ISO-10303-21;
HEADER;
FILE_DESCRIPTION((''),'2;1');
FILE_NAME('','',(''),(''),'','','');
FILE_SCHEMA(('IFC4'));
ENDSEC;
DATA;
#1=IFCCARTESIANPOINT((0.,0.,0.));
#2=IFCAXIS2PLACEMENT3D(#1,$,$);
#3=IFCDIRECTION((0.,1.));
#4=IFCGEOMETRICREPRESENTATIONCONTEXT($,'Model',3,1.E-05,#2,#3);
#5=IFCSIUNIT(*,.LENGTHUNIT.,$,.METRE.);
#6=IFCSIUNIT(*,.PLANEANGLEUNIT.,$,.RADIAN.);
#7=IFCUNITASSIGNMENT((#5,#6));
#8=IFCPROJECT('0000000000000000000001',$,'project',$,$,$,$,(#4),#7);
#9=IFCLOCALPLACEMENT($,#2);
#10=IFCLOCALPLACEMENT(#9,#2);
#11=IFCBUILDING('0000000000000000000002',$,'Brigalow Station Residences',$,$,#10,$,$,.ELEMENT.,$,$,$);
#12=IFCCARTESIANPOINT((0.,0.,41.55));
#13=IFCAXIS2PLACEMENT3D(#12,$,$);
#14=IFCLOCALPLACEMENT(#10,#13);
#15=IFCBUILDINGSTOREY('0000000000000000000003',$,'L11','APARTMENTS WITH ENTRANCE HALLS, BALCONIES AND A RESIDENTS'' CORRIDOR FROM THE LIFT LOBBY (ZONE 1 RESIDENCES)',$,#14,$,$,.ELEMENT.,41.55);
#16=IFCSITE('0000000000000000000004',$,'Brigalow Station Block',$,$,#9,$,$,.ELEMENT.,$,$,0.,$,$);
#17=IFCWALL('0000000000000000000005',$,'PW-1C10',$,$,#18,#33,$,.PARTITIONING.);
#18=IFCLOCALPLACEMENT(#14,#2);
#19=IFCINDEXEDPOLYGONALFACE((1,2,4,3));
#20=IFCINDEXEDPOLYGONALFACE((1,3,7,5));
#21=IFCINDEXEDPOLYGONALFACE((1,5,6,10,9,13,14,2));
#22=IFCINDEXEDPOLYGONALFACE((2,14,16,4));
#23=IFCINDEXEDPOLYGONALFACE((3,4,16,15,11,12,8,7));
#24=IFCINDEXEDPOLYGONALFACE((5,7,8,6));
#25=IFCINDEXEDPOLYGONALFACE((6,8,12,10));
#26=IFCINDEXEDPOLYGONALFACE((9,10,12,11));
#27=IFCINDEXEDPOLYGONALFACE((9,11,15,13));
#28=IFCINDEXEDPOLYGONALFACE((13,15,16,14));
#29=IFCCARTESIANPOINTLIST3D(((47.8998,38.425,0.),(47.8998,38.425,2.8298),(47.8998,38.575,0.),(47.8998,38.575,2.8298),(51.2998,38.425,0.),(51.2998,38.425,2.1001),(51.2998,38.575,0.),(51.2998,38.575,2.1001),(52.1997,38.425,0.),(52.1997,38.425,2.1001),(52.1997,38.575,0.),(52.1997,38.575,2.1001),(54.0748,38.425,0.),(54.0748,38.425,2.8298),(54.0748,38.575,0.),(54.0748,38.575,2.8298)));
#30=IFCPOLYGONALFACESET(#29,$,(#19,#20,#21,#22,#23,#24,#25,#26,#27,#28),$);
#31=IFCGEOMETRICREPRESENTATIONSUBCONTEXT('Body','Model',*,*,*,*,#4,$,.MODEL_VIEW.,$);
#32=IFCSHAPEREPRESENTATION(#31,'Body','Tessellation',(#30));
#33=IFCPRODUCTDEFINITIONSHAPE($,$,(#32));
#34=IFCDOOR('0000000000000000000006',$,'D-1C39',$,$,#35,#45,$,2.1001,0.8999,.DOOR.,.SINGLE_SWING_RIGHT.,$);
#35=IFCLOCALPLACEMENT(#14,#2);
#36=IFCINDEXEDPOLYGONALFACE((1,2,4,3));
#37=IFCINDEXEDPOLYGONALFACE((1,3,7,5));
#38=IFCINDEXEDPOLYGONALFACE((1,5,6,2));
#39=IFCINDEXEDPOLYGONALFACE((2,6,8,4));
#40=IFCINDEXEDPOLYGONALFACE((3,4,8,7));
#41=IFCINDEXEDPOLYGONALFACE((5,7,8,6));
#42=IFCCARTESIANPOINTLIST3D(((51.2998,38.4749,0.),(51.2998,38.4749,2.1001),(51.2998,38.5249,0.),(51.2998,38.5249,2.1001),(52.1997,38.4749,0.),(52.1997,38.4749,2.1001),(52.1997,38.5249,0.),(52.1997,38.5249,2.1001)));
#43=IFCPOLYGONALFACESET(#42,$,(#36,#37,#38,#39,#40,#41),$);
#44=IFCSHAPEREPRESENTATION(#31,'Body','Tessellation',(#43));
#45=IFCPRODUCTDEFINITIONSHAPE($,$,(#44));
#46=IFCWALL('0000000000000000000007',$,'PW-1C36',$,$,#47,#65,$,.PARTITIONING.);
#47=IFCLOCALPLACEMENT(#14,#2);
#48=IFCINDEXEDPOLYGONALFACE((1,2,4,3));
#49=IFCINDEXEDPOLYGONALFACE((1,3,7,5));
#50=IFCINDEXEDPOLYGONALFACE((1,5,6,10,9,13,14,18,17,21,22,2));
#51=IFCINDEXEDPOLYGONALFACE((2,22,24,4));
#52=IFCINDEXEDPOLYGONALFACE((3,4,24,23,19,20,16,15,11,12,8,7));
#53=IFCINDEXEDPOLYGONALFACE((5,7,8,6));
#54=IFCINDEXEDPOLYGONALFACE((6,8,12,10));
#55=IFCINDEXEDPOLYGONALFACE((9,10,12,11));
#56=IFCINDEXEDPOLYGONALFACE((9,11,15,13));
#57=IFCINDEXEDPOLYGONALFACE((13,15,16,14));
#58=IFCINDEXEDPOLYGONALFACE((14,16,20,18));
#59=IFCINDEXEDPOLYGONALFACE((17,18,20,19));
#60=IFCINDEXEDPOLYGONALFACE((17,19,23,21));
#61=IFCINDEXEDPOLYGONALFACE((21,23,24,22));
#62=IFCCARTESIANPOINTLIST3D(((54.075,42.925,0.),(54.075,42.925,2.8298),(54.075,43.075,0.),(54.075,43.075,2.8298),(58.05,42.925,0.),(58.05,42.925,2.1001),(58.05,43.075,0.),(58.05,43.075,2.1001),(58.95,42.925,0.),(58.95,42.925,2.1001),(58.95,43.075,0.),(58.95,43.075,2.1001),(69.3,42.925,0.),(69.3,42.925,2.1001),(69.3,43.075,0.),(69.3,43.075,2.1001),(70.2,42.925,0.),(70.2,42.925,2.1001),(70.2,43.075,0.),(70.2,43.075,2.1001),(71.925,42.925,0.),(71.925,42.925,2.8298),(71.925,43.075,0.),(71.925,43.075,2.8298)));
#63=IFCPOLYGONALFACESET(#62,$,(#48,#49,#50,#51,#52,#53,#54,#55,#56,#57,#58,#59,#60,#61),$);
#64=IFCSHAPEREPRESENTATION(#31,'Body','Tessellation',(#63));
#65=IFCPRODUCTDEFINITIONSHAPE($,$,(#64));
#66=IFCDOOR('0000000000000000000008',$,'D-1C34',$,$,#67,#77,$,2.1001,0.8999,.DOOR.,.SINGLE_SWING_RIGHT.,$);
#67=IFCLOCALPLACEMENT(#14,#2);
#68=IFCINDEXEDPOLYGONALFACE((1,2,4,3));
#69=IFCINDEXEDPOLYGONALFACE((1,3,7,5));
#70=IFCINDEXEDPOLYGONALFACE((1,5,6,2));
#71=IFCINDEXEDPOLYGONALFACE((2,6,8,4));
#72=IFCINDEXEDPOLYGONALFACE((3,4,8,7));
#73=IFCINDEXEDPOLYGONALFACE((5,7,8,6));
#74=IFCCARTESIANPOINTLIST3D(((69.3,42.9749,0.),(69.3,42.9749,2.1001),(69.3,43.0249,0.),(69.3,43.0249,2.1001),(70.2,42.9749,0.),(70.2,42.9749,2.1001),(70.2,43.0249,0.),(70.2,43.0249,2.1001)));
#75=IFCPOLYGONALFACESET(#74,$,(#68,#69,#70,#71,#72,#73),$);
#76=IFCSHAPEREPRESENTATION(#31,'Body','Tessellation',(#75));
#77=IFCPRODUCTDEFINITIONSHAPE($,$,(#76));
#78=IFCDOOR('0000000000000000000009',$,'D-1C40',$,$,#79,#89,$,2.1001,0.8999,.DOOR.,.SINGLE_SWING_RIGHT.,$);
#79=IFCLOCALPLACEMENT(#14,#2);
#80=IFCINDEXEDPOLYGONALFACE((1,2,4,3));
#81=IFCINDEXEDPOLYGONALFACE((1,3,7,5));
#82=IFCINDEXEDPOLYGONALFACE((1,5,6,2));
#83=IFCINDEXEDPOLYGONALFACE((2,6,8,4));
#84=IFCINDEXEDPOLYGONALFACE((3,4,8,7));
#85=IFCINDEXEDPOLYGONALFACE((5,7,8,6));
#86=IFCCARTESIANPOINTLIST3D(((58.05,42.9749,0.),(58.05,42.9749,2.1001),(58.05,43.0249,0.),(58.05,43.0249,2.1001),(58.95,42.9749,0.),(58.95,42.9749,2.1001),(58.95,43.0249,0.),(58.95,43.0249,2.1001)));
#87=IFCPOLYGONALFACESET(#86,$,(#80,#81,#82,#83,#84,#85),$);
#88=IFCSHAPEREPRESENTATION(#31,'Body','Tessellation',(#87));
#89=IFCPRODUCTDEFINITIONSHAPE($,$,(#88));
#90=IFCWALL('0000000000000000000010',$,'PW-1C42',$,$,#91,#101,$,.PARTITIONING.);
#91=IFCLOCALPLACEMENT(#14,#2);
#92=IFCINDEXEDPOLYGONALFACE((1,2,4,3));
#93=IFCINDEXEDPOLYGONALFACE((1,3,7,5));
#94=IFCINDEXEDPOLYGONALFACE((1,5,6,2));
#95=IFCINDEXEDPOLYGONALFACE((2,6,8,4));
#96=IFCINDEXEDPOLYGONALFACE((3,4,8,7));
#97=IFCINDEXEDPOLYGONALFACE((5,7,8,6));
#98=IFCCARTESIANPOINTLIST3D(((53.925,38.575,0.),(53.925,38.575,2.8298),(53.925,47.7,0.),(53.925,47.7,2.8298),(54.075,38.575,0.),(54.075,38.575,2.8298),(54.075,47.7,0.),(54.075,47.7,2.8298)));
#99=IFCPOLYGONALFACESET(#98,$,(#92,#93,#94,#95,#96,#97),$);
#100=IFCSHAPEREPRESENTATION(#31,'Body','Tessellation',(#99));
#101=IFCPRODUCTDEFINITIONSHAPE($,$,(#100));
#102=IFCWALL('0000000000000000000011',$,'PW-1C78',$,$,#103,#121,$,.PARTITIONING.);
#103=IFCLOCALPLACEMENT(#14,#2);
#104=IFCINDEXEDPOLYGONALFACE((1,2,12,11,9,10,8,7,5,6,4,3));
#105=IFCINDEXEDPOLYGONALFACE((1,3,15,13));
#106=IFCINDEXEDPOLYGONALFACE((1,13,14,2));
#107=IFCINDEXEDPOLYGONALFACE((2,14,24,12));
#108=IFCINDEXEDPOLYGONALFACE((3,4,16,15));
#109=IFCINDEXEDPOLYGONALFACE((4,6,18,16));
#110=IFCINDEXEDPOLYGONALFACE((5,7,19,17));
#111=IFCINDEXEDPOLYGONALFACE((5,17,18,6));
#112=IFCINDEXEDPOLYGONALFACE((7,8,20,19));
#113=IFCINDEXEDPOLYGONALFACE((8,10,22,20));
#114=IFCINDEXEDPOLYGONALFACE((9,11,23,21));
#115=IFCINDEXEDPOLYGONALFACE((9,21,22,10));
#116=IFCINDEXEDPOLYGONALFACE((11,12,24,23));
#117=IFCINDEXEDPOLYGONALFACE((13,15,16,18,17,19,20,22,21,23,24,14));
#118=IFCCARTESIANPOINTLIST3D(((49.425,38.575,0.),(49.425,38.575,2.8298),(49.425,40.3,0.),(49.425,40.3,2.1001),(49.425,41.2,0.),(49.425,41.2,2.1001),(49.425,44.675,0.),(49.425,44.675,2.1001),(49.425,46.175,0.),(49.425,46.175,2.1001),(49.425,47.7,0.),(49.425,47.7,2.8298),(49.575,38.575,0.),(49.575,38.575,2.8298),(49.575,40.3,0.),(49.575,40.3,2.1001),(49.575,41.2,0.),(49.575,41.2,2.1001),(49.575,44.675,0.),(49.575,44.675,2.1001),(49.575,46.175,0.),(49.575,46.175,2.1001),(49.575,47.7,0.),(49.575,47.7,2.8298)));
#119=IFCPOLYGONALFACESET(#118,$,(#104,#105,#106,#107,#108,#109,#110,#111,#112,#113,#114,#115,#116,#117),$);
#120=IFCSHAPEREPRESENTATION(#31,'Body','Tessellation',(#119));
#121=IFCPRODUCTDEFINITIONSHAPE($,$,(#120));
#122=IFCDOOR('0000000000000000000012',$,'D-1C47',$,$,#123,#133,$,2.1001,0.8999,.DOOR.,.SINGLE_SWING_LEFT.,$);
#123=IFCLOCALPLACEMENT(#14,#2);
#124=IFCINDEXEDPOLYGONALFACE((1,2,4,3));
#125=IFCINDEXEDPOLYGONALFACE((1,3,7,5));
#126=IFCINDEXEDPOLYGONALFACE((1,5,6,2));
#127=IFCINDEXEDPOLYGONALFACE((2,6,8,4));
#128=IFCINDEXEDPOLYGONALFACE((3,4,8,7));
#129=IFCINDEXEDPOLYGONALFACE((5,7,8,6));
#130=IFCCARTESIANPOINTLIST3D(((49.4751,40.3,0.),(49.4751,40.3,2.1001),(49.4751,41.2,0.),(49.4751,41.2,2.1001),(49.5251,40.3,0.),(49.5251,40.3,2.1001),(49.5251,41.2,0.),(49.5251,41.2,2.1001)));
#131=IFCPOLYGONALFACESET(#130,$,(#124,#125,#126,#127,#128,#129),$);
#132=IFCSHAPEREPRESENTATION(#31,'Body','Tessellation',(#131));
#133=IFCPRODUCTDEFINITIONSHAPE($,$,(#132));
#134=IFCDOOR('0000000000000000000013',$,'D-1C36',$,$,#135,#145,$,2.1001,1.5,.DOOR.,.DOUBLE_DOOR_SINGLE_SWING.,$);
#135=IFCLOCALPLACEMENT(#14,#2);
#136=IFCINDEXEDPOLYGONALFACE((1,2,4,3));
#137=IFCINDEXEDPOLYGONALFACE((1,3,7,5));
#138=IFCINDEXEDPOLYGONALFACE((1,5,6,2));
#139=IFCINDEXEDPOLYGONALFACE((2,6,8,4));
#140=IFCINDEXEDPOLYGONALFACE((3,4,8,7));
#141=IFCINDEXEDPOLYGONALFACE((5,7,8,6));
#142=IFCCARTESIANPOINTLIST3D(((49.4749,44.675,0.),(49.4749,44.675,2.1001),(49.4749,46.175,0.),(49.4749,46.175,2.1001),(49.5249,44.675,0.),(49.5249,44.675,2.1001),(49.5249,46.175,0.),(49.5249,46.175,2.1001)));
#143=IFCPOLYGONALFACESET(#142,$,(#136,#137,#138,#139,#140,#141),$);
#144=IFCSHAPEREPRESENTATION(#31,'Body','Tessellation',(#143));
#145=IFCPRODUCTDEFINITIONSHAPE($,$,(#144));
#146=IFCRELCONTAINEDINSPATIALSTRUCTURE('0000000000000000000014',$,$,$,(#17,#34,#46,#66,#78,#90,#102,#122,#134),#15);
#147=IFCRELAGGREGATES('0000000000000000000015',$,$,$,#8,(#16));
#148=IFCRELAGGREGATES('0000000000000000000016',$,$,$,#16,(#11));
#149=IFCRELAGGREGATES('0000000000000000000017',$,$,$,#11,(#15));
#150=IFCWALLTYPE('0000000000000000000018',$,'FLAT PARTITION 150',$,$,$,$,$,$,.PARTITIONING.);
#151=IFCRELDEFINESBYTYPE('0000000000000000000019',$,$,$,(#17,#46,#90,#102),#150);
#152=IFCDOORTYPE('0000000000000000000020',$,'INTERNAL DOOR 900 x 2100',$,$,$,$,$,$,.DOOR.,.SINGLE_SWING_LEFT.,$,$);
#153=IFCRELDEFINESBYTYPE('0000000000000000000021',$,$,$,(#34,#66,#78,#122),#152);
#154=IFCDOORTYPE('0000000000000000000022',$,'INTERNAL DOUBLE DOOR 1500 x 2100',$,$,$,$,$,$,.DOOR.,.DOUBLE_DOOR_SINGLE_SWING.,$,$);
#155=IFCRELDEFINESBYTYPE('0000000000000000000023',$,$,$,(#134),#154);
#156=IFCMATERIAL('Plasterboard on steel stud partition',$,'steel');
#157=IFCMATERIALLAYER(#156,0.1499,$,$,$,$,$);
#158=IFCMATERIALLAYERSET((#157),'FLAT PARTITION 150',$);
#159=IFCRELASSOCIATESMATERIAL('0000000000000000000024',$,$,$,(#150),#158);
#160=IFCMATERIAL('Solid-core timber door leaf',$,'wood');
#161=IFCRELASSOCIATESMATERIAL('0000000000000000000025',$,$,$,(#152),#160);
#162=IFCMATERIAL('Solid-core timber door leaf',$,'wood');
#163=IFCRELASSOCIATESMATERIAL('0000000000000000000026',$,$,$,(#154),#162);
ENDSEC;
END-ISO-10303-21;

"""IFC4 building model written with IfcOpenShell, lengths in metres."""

from ifc_helpers import new_model, si_unit, direction, frame, frame_2d, origin, place, context, subcontext, project, spatial, rectangle, extrude, material, layer, layer_set, type_object, element, fill, save


model = new_model("IFC4")

# Units and contexts
model_context = context("Model", 3, precision=1e-05, world=origin(), true_north=direction((0.0, 1.0)))
body_context = subcontext(model_context, "Body", "Model", "MODEL_VIEW")
ifc_project = project(units=[si_unit("LENGTHUNIT", "METRE"), si_unit("PLANEANGLEUNIT", "RADIAN")], contexts=[model_context])

# Site, building, storey
site_placement = place(None, origin())
site = spatial("IfcSite", under=ifc_project, at=site_placement, Name="Brigalow Station Block", CompositionType="ELEMENT", RefElevation=0.0)
building_placement = place(site_placement, origin())
building = spatial("IfcBuilding", under=site, at=building_placement, Name="Brigalow Station Residences", CompositionType="ELEMENT")
storey_placement = place(building_placement, frame((0.0, 0.0, 41.55)))
storey = spatial("IfcBuildingStorey", under=building, at=storey_placement, Name="L11", Description="APARTMENTS WITH ENTRANCE HALLS, BALCONIES AND A RESIDENTS' CORRIDOR FROM THE LIFT LOBBY (ZONE 1 RESIDENCES)", CompositionType="ELEMENT", Elevation=41.55)

# Wall, opening, door
ifc_material_1 = material(Name="Plasterboard on steel stud partition", Category="steel")
ifc_layer_1 = layer(ifc_material_1, 0.1499)
ifc_layer_set_1 = layer_set([ifc_layer_1], Name="FLAT PARTITION 150")
wall_type_1 = type_object("IfcWallType", Name="FLAT PARTITION 150", PredefinedType="PARTITIONING", material=ifc_layer_set_1)
wall_1_placement = place(storey_placement, frame((47.8999, 38.5, 0.0), z_axis=(0.0, 0.0, 1.0), x_axis=(1.0, 0.0, 0.0)))
wall_1 = element("IfcWall", 1, at=wall_1_placement, inside=storey, type_object=wall_type_1, Name="PW-1C10", PredefinedType="PARTITIONING", context=body_context, shape_type="SweptSolid", body=[
    extrude(rectangle(XDim=6.175, YDim=0.1499, at=frame_2d((3.0874, 0.0))), origin(), (0.0, 0.0, 1.0), 2.8298),
])
opening_1_placement = place(wall_1_placement, frame((3.3999, 0.0, 0.0)))
opening_1 = element("IfcOpeningElement", 2, at=opening_1_placement, cuts=wall_1, PredefinedType="OPENING", context=body_context, shape_type="SweptSolid", body=[
    extrude(rectangle(XDim=0.8999, YDim=2.1001, at=frame_2d((0.45, 1.05))), frame((0.0, 0.085, 0.0), z_axis=(0.0, -1.0, 0.0), x_axis=(1.0, 0.0, 0.0)), (0.0, 0.0, 1.0), 0.1699),
])
ifc_material_2 = material(Name="Solid-core timber door leaf", Category="wood")
door_type_1 = type_object("IfcDoorType", Name="INTERNAL DOOR 900 x 2100", OperationType="SINGLE_SWING_LEFT", PredefinedType="DOOR", material=ifc_material_2)
door_1_placement = place(opening_1_placement, origin())
door_1 = element("IfcDoor", 3, at=door_1_placement, inside=storey, type_object=door_type_1, Name="D-1C39", OperationType="SINGLE_SWING_RIGHT", OverallHeight=2.1001, OverallWidth=0.8999, PredefinedType="DOOR", context=body_context, shape_type="SweptSolid", body=[
    extrude(rectangle(XDim=0.8999, YDim=2.1001, at=frame_2d((0.45, 1.05))), frame((0.0, 0.0249, 0.0), z_axis=(0.0, -1.0, 0.0), x_axis=(1.0, 0.0, 0.0)), (0.0, 0.0, 1.0), 0.05),
])
fill(opening_1, door_1)

# Wall, openings, doors
wall_2_placement = place(storey_placement, frame((54.075, 43.0, 0.0), z_axis=(0.0, 0.0, 1.0), x_axis=(1.0, 0.0, 0.0)))
wall_2 = element("IfcWall", 4, at=wall_2_placement, inside=storey, type_object=wall_type_1, Name="PW-1C36", PredefinedType="PARTITIONING", context=body_context, shape_type="SweptSolid", body=[
    extrude(rectangle(XDim=17.8501, YDim=0.1499, at=frame_2d((8.925, 0.0))), origin(), (0.0, 0.0, 1.0), 2.8298),
])
opening_2_placement = place(wall_2_placement, frame((15.2251, 0.0, 0.0)))
opening_2 = element("IfcOpeningElement", 5, at=opening_2_placement, cuts=wall_2, PredefinedType="OPENING", context=body_context, shape_type="SweptSolid", body=[
    extrude(rectangle(XDim=0.8999, YDim=2.1001, at=frame_2d((0.45, 1.05))), frame((0.0, 0.085, 0.0), z_axis=(0.0, -1.0, 0.0), x_axis=(1.0, 0.0, 0.0)), (0.0, 0.0, 1.0), 0.1699),
])
opening_3_placement = place(wall_2_placement, frame((3.9751, 0.0, 0.0)))
opening_3 = element("IfcOpeningElement", 6, at=opening_3_placement, cuts=wall_2, PredefinedType="OPENING", context=body_context, shape_type="SweptSolid", body=[
    extrude(rectangle(XDim=0.8999, YDim=2.1001, at=frame_2d((0.45, 1.05))), frame((0.0, 0.085, 0.0), z_axis=(0.0, -1.0, 0.0), x_axis=(1.0, 0.0, 0.0)), (0.0, 0.0, 1.0), 0.1699),
])
door_2_placement = place(opening_2_placement, origin())
door_2 = element("IfcDoor", 7, at=door_2_placement, inside=storey, type_object=door_type_1, Name="D-1C34", OperationType="SINGLE_SWING_RIGHT", OverallHeight=2.1001, OverallWidth=0.8999, PredefinedType="DOOR", context=body_context, shape_type="SweptSolid", body=[
    extrude(rectangle(XDim=0.8999, YDim=2.1001, at=frame_2d((0.45, 1.05))), frame((0.0, 0.0249, 0.0), z_axis=(0.0, -1.0, 0.0), x_axis=(1.0, 0.0, 0.0)), (0.0, 0.0, 1.0), 0.05),
])
fill(opening_2, door_2)
door_3_placement = place(opening_3_placement, origin())
door_3 = element("IfcDoor", 8, at=door_3_placement, inside=storey, type_object=door_type_1, Name="D-1C40", OperationType="SINGLE_SWING_RIGHT", OverallHeight=2.1001, OverallWidth=0.8999, PredefinedType="DOOR", context=body_context, shape_type="SweptSolid", body=[
    extrude(rectangle(XDim=0.8999, YDim=2.1001, at=frame_2d((0.45, 1.05))), frame((0.0, 0.0249, 0.0), z_axis=(0.0, -1.0, 0.0), x_axis=(1.0, 0.0, 0.0)), (0.0, 0.0, 1.0), 0.05),
])
fill(opening_3, door_3)

# Wall
wall_3_placement = place(storey_placement, frame((54.0, 38.575, 0.0), z_axis=(0.0, 0.0, 1.0), x_axis=(0.0, 1.0, 0.0)))
element("IfcWall", 9, at=wall_3_placement, inside=storey, type_object=wall_type_1, Name="PW-1C42", PredefinedType="PARTITIONING", context=body_context, shape_type="SweptSolid", body=[
    extrude(rectangle(XDim=9.125, YDim=0.1499, at=frame_2d((4.5625, 0.0))), origin(), (0.0, 0.0, 1.0), 2.8298),
])

# Wall, openings, doors
wall_4_placement = place(storey_placement, frame((49.5, 38.575, 0.0), z_axis=(0.0, 0.0, 1.0), x_axis=(0.0, 1.0, 0.0)))
wall_4 = element("IfcWall", 10, at=wall_4_placement, inside=storey, type_object=wall_type_1, Name="PW-1C78", PredefinedType="PARTITIONING", context=body_context, shape_type="SweptSolid", body=[
    extrude(rectangle(XDim=9.125, YDim=0.1499, at=frame_2d((4.5625, 0.0))), origin(), (0.0, 0.0, 1.0), 2.8298),
])
opening_4_placement = place(wall_4_placement, frame((6.1001, 0.0, 0.0)))
opening_4 = element("IfcOpeningElement", 11, at=opening_4_placement, cuts=wall_4, PredefinedType="OPENING", context=body_context, shape_type="SweptSolid", body=[
    extrude(rectangle(XDim=1.5, YDim=2.1001, at=frame_2d((0.75, 1.05))), frame((0.0, 0.085, 0.0), z_axis=(0.0, -1.0, 0.0), x_axis=(1.0, 0.0, 0.0)), (0.0, 0.0, 1.0), 0.1699),
])
opening_5_placement = place(wall_4_placement, frame((1.7251, 0.0, 0.0)))
opening_5 = element("IfcOpeningElement", 12, at=opening_5_placement, cuts=wall_4, PredefinedType="OPENING", context=body_context, shape_type="SweptSolid", body=[
    extrude(rectangle(XDim=0.8999, YDim=2.1001, at=frame_2d((0.45, 1.05))), frame((0.0, 0.085, 0.0), z_axis=(0.0, -1.0, 0.0), x_axis=(1.0, 0.0, 0.0)), (0.0, 0.0, 1.0), 0.1699),
])
door_4_placement = place(opening_5_placement, origin())
door_4 = element("IfcDoor", 13, at=door_4_placement, inside=storey, type_object=door_type_1, Name="D-1C47", OperationType="SINGLE_SWING_LEFT", OverallHeight=2.1001, OverallWidth=0.8999, PredefinedType="DOOR", context=body_context, shape_type="SweptSolid", body=[
    extrude(rectangle(XDim=0.8999, YDim=2.1001, at=frame_2d((0.45, 1.05))), frame((0.0, 0.0249, 0.0), z_axis=(0.0, -1.0, 0.0), x_axis=(1.0, 0.0, 0.0)), (0.0, 0.0, 1.0), 0.05),
])
fill(opening_5, door_4)
ifc_material_3 = material(Name="Solid-core timber door leaf", Category="wood")
door_type_2 = type_object("IfcDoorType", Name="INTERNAL DOUBLE DOOR 1500 x 2100", OperationType="DOUBLE_DOOR_SINGLE_SWING", PredefinedType="DOOR", material=ifc_material_3)
door_5_placement = place(opening_4_placement, frame((1.5, 0.0, 0.0), z_axis=(0.0, 0.0, 1.0), x_axis=(-1.0, 0.0, 0.0)))
door_5 = element("IfcDoor", 14, at=door_5_placement, inside=storey, type_object=door_type_2, Name="D-1C36", OperationType="DOUBLE_DOOR_SINGLE_SWING", OverallHeight=2.1001, OverallWidth=1.5, PredefinedType="DOOR", context=body_context, shape_type="SweptSolid", body=[
    extrude(rectangle(XDim=1.5, YDim=2.1001, at=frame_2d((0.75, 1.05))), frame((0.0, 0.0249, 0.0), z_axis=(0.0, -1.0, 0.0), x_axis=(1.0, 0.0, 0.0)), (0.0, 0.0, 1.0), 0.05),
])
fill(opening_4, door_5)

save(model, "model.ifc")
